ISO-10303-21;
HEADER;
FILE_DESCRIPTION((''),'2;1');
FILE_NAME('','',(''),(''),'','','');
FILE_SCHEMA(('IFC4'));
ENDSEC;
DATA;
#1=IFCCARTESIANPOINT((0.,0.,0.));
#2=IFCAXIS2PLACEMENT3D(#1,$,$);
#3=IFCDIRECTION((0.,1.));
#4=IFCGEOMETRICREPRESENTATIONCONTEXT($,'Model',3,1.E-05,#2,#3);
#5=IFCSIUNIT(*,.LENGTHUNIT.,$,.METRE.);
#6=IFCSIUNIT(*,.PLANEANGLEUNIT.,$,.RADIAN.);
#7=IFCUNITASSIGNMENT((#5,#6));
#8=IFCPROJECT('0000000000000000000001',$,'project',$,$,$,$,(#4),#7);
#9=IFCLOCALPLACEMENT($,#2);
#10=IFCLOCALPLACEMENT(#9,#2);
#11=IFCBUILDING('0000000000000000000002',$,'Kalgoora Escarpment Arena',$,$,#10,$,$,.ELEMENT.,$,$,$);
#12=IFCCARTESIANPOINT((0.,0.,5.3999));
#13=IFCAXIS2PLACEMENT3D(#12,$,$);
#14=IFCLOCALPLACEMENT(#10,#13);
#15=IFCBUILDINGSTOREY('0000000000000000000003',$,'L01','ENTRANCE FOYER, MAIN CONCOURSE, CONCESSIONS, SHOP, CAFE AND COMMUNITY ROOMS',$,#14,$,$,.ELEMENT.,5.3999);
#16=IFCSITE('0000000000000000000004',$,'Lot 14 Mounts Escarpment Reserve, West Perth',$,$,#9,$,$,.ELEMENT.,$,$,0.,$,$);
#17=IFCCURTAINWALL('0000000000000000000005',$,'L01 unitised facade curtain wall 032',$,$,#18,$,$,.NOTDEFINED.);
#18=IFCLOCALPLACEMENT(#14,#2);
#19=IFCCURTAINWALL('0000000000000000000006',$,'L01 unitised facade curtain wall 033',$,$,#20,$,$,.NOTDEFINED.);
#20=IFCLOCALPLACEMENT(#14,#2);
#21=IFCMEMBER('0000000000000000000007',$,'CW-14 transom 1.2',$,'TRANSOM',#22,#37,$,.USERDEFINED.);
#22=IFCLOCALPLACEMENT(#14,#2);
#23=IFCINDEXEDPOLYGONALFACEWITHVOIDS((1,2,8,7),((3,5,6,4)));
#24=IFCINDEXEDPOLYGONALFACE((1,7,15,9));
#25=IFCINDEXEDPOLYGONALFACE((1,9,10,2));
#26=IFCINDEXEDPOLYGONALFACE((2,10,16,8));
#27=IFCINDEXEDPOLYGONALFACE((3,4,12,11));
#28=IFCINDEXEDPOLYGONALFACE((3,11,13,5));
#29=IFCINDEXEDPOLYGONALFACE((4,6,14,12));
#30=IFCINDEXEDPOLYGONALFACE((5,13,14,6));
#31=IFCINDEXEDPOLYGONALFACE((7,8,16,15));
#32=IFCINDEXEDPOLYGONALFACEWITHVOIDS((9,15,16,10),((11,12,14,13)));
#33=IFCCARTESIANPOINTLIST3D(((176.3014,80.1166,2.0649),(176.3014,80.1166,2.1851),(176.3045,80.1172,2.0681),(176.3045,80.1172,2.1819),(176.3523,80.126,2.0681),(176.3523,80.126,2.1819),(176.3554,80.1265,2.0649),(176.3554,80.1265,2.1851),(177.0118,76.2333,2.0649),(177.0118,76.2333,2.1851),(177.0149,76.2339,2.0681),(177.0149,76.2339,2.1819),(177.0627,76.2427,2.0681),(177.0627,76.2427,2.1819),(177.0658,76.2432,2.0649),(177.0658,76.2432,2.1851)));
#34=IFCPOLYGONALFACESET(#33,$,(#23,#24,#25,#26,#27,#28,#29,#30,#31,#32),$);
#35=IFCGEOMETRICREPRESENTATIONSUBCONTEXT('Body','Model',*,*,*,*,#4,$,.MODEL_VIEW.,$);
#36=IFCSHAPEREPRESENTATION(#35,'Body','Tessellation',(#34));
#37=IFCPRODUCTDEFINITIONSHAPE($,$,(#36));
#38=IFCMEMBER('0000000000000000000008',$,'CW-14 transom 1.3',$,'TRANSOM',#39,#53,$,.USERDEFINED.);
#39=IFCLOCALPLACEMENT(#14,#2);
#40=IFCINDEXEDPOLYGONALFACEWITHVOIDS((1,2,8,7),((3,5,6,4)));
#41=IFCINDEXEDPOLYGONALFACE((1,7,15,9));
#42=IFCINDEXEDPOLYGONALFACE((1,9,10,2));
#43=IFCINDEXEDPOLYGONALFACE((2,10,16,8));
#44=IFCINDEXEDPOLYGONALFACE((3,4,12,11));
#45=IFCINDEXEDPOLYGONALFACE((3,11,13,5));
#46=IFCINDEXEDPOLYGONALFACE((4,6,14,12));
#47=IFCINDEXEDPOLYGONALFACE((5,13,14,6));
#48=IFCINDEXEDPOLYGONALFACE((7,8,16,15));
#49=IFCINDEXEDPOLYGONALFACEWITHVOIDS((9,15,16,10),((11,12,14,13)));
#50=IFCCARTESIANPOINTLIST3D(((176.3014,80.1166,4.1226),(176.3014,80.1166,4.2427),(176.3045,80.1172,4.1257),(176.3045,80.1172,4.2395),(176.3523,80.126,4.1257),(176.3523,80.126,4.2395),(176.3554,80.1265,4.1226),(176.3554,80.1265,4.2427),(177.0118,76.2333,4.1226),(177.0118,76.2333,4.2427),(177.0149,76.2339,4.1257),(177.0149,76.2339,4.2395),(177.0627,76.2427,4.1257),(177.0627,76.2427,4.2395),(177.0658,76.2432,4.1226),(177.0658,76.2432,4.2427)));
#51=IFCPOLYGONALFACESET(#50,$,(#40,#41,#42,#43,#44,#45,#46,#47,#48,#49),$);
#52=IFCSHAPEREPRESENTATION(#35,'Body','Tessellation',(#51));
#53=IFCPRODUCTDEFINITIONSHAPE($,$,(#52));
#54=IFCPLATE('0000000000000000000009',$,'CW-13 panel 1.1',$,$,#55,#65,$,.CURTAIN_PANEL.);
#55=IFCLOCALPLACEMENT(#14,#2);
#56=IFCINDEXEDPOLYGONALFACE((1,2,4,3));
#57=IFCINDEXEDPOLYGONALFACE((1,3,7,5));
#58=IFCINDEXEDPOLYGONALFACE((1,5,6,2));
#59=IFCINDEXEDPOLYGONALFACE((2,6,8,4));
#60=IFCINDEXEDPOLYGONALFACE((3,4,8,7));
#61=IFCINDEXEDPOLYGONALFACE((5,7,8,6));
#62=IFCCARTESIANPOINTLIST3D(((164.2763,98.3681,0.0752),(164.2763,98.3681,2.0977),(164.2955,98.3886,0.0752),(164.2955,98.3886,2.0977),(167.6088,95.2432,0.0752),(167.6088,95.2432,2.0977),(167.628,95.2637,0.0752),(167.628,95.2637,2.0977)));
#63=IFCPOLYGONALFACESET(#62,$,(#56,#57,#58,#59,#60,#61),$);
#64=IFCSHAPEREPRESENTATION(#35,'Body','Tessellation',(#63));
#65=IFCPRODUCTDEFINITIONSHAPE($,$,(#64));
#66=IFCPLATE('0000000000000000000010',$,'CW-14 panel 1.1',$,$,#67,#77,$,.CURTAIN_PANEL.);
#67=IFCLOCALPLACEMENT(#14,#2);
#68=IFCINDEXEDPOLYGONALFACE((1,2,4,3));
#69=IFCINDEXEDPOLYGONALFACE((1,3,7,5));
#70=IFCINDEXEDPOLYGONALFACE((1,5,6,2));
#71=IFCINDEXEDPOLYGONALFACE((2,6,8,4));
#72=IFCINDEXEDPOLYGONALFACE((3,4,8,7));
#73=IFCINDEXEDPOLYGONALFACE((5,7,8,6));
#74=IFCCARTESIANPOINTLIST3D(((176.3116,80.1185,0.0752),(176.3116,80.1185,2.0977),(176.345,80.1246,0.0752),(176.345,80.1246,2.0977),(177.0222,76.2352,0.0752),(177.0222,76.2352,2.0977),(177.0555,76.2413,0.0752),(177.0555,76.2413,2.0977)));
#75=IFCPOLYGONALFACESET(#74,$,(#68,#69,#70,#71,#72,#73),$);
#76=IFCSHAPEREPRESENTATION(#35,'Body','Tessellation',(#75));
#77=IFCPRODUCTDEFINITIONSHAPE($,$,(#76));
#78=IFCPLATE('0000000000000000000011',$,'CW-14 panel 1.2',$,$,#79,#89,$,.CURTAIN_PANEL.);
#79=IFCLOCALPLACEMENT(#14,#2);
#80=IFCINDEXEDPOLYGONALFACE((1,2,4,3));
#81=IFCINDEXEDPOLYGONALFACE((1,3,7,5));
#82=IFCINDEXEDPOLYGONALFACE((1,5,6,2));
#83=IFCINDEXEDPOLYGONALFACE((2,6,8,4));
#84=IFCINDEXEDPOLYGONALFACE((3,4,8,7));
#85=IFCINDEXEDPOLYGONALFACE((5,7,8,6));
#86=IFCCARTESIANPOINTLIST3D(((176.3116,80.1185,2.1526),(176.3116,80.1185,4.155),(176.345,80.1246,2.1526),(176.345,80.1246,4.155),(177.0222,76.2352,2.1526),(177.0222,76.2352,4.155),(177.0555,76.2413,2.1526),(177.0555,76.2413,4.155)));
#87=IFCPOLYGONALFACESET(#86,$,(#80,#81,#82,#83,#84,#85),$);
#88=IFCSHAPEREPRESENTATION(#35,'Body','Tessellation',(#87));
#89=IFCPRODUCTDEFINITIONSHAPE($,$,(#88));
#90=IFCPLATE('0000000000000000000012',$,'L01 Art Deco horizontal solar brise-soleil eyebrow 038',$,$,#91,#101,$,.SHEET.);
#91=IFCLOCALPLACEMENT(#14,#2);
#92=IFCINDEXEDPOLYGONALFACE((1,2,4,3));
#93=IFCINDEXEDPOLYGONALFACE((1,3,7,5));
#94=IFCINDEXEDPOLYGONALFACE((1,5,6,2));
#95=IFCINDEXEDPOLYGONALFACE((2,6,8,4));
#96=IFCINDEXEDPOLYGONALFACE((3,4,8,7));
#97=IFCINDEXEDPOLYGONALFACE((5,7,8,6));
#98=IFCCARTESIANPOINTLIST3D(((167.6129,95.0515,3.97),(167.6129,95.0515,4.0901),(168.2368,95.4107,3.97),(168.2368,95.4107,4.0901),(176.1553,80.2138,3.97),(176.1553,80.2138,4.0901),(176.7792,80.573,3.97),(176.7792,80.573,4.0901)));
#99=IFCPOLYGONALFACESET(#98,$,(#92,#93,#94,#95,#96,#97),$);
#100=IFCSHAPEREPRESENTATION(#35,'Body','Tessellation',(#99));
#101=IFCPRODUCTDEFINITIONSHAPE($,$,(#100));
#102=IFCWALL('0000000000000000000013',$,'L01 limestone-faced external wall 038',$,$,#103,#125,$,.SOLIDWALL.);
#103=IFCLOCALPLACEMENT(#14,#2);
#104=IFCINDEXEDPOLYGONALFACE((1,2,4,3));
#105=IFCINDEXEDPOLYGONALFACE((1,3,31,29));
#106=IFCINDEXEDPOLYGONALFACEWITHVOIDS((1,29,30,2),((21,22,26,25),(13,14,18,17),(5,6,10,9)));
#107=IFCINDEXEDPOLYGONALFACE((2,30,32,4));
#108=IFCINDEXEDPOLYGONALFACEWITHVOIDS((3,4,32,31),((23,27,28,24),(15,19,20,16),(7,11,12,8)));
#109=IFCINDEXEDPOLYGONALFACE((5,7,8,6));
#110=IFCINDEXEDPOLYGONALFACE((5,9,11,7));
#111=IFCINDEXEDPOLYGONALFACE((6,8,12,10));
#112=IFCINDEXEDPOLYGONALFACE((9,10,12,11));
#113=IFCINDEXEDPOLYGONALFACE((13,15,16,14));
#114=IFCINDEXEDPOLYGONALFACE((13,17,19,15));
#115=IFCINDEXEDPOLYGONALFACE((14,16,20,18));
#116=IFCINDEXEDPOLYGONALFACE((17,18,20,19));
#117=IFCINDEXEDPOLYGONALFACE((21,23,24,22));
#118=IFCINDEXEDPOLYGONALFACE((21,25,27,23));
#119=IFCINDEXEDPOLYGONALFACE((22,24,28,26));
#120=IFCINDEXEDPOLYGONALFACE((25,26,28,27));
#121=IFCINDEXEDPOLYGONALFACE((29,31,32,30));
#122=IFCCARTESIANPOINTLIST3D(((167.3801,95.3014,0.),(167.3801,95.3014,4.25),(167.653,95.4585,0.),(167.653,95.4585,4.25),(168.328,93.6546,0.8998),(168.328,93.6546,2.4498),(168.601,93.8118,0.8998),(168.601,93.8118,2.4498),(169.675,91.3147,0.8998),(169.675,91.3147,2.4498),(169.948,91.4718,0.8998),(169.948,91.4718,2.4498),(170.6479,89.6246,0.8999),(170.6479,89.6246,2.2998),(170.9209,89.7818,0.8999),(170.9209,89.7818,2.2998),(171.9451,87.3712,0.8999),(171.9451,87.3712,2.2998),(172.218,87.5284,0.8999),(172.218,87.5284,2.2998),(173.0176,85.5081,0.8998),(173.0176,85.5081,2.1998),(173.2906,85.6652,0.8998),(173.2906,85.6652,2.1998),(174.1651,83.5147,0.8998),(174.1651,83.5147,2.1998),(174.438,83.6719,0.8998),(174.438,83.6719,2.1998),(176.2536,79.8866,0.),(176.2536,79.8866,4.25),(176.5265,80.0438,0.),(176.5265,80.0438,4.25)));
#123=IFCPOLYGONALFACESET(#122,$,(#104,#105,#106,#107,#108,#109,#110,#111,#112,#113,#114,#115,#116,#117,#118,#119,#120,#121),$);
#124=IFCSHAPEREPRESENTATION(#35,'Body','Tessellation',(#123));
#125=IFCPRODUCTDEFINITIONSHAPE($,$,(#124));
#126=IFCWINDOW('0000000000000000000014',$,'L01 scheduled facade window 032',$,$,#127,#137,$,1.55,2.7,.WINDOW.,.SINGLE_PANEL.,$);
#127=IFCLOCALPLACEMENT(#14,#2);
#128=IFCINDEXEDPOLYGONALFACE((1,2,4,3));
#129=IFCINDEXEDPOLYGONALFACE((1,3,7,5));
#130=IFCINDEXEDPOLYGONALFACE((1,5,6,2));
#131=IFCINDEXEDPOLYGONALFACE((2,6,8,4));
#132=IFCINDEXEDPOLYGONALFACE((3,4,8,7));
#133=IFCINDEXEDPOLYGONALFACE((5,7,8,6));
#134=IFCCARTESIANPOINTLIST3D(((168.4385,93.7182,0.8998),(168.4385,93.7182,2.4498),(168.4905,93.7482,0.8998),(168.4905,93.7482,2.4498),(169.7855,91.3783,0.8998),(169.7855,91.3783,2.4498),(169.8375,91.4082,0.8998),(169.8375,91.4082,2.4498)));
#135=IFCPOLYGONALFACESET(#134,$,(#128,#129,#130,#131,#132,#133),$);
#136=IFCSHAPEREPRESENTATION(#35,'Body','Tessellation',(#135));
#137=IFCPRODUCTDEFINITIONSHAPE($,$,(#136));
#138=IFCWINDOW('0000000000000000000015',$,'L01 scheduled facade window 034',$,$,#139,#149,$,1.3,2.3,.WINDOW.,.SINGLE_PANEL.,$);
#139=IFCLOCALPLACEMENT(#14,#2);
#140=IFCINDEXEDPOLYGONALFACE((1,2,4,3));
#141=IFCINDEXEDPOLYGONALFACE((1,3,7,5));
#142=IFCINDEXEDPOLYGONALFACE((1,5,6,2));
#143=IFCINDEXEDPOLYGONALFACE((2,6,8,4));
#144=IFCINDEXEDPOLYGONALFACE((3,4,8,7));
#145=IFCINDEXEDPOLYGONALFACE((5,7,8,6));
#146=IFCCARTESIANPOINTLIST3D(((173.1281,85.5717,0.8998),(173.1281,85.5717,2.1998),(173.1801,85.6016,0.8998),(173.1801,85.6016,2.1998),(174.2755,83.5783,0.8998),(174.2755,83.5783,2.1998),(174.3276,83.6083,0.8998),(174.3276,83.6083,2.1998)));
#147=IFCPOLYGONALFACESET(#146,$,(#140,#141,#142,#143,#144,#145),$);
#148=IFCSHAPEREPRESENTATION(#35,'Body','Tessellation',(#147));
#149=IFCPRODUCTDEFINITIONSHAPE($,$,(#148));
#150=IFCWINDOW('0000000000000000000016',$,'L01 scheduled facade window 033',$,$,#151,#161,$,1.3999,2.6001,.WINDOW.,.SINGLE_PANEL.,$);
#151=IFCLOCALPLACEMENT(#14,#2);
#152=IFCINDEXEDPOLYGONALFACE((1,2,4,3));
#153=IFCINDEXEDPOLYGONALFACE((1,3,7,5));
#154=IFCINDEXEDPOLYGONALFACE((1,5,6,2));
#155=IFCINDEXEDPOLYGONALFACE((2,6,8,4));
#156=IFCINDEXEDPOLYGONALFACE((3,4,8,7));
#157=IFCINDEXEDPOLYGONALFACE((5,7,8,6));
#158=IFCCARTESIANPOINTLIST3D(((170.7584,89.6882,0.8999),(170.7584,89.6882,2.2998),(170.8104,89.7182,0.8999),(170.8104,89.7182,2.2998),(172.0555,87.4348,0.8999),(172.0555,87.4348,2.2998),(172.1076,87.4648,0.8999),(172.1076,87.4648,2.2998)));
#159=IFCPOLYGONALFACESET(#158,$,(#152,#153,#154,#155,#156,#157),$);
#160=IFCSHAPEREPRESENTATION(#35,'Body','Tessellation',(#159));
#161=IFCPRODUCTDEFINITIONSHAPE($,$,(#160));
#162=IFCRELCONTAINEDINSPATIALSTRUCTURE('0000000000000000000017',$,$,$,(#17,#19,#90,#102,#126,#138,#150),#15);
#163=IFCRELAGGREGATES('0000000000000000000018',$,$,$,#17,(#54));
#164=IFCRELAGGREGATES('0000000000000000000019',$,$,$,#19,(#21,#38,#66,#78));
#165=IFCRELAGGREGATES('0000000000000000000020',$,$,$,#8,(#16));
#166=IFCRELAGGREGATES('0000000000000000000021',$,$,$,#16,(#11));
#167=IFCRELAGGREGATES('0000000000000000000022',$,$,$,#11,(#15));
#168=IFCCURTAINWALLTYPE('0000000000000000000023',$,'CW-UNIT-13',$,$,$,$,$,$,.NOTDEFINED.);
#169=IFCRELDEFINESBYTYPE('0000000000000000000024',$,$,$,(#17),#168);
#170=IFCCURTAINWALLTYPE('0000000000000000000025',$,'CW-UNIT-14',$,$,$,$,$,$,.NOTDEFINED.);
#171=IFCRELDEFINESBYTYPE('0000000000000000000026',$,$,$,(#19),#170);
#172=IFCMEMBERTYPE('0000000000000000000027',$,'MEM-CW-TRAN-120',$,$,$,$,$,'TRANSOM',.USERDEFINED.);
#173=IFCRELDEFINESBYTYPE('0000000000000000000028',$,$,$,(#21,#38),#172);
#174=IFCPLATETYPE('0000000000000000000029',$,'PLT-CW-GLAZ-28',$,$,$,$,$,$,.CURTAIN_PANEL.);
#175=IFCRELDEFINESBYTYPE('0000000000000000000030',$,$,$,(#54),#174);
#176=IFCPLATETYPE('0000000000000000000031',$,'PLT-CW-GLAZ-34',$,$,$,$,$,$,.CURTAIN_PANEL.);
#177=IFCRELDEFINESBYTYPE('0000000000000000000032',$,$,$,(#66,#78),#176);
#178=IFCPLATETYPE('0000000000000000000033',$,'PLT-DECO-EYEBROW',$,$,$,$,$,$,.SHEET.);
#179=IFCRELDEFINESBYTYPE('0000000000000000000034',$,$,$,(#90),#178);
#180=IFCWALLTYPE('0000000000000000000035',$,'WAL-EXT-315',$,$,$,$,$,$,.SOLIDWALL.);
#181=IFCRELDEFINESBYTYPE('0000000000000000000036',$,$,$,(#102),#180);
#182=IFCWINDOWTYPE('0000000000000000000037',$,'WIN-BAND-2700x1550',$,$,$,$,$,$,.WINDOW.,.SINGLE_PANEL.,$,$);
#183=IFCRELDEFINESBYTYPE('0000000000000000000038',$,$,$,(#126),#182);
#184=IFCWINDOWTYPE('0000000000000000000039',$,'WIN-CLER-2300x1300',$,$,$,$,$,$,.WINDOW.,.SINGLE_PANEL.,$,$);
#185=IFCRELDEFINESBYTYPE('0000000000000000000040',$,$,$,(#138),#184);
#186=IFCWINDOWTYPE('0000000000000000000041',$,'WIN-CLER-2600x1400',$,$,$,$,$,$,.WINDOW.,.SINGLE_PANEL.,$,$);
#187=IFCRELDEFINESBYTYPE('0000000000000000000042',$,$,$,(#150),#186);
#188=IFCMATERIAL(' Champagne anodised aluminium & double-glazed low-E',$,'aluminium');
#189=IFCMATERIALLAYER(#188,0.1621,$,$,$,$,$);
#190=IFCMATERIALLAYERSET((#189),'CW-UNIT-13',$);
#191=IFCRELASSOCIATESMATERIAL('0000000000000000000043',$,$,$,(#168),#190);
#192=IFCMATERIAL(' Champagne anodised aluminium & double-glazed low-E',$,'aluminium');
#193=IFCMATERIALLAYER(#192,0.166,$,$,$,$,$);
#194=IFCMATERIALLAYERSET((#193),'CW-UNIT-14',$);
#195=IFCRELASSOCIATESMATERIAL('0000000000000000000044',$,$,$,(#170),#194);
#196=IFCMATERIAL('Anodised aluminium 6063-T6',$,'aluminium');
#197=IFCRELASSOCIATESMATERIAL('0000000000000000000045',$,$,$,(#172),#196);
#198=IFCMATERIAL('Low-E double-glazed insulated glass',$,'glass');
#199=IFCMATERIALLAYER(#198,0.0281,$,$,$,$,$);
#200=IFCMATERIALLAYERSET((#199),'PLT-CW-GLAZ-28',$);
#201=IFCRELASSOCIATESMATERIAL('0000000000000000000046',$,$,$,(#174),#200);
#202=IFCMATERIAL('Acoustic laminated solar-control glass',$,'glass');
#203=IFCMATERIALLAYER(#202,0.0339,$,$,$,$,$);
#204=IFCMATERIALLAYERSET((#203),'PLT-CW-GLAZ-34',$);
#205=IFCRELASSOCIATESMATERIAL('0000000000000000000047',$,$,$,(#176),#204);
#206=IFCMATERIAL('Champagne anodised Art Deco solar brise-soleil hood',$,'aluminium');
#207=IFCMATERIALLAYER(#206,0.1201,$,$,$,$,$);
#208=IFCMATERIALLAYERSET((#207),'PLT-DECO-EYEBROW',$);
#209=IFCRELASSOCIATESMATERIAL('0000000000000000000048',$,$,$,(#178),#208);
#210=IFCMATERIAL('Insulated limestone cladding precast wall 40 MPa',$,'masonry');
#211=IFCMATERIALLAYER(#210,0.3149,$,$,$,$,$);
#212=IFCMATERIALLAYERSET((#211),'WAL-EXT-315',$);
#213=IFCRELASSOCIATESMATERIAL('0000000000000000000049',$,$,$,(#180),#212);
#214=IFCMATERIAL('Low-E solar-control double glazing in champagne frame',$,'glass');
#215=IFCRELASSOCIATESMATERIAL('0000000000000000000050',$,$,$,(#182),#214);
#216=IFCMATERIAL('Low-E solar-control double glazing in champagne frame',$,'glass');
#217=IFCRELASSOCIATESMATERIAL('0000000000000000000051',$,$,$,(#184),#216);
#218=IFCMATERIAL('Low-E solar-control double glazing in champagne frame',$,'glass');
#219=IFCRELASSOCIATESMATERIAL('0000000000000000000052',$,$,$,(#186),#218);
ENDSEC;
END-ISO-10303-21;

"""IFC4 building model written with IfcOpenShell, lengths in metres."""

from ifc_helpers import new_model, si_unit, direction, frame, frame_2d, origin, origin_2d, place, context, subcontext, project, spatial, rectangle, hollow_rectangle, extrude, material, layer, layer_set, material_profile, profile_set, type_object, element, fill, aggregate, save


model = new_model("IFC4")

# Units and contexts
model_context = context("Model", 3, precision=1e-05, world=origin(), true_north=direction((0.0, 1.0)))
body_context = subcontext(model_context, "Body", "Model", "MODEL_VIEW")
ifc_project = project(units=[si_unit("LENGTHUNIT", "METRE"), si_unit("PLANEANGLEUNIT", "RADIAN")], contexts=[model_context])

# Site, building, storey
site_placement = place(None, origin())
site = spatial("IfcSite", under=ifc_project, at=site_placement, Name="Lot 14 Mounts Escarpment Reserve, West Perth", CompositionType="ELEMENT", RefElevation=0.0)
building_placement = place(site_placement, origin())
building = spatial("IfcBuilding", under=site, at=building_placement, Name="Kalgoora Escarpment Arena", CompositionType="ELEMENT")
storey_placement = place(building_placement, frame((0.0, 0.0, 5.3999)))
storey = spatial("IfcBuildingStorey", under=building, at=storey_placement, Name="L01", Description="ENTRANCE FOYER, MAIN CONCOURSE, CONCESSIONS, SHOP, CAFE AND COMMUNITY ROOMS", CompositionType="ELEMENT", Elevation=5.3999)

# Curtain wall
ifc_material_1 = material(Name=" Champagne anodised aluminium & double-glazed low-E", Category="aluminium")
ifc_layer_1 = layer(ifc_material_1, 0.1621)
ifc_layer_set_1 = layer_set([ifc_layer_1], Name="CW-UNIT-13")
curtain_wall_type_1 = type_object("IfcCurtainWallType", Name="CW-UNIT-13", PredefinedType="NOTDEFINED", material=ifc_layer_set_1)
curtain_wall_1_placement = place(storey_placement, origin())
curtain_wall_1 = element("IfcCurtainWall", 1, at=curtain_wall_1_placement, inside=storey, type_object=curtain_wall_type_1, Name="L01 unitised facade curtain wall 032", PredefinedType="NOTDEFINED")

# Curtain wall, members
ifc_material_2 = material(Name=" Champagne anodised aluminium & double-glazed low-E", Category="aluminium")
ifc_layer_2 = layer(ifc_material_2, 0.166)
ifc_layer_set_2 = layer_set([ifc_layer_2], Name="CW-UNIT-14")
curtain_wall_type_2 = type_object("IfcCurtainWallType", Name="CW-UNIT-14", PredefinedType="NOTDEFINED", material=ifc_layer_set_2)
curtain_wall_2_placement = place(storey_placement, origin())
curtain_wall_2 = element("IfcCurtainWall", 2, at=curtain_wall_2_placement, inside=storey, type_object=curtain_wall_type_2, Name="L01 unitised facade curtain wall 033", PredefinedType="NOTDEFINED")
ifc_material_3 = material(Name="Anodised aluminium 6063-T6", Category="aluminium")
ifc_material_profile_1 = material_profile(ifc_material_3, hollow_rectangle(XDim=0.0549, YDim=0.1201, WallThickness=0.0032, at=origin_2d()))
ifc_profile_set_1 = profile_set([ifc_material_profile_1], Name="Anodised aluminium 6063-T6")
member_type_1 = type_object("IfcMemberType", Name="MEM-CW-TRAN-120", ElementType="TRANSOM", PredefinedType="USERDEFINED", material=ifc_profile_set_1)
member_1_placement = place(storey_placement, frame((176.3284, 80.1216, 2.125), z_axis=(0.179963, -0.983673, 0.0), x_axis=(0.983673, 0.179963, 0.0)))
member_1 = element("IfcMember", 3, at=member_1_placement, type_object=member_type_1, Name="CW-14 transom 1.2", ObjectType="TRANSOM", PredefinedType="USERDEFINED", context=body_context, shape_type="SweptSolid", body=[
    extrude(hollow_rectangle(XDim=0.0549, YDim=0.1201, WallThickness=0.0032, at=origin_2d()), origin(), (0.0, 0.0, 1.0), 3.9478),
])
member_2_placement = place(storey_placement, frame((176.3284, 80.1216, 4.1826), z_axis=(0.179963, -0.983673, 0.0), x_axis=(0.983673, 0.179963, 0.0)))
member_2 = element("IfcMember", 4, at=member_2_placement, type_object=member_type_1, Name="CW-14 transom 1.3", ObjectType="TRANSOM", PredefinedType="USERDEFINED", context=body_context, shape_type="SweptSolid", body=[
    extrude(hollow_rectangle(XDim=0.0549, YDim=0.1201, WallThickness=0.0032, at=origin_2d()), origin(), (0.0, 0.0, 1.0), 3.9478),
])

# Plates
ifc_material_4 = material(Name="Low-E double-glazed insulated glass", Category="glass")
ifc_layer_3 = layer(ifc_material_4, 0.0281)
ifc_layer_set_3 = layer_set([ifc_layer_3], Name="PLT-CW-GLAZ-28")
plate_type_1 = type_object("IfcPlateType", Name="PLT-CW-GLAZ-28", PredefinedType="CURTAIN_PANEL", material=ifc_layer_set_3)
plate_1_placement = place(storey_placement, frame((165.9521, 96.8159, 0.0752), z_axis=(0.0, 0.0, 1.0), x_axis=(0.729457, -0.684026, 0.0)))
plate_1 = element("IfcPlate", 5, at=plate_1_placement, type_object=plate_type_1, Name="CW-13 panel 1.1", PredefinedType="CURTAIN_PANEL", context=body_context, shape_type="SweptSolid", body=[
    extrude(rectangle(XDim=4.5684, YDim=0.0281, at=origin_2d()), origin(), (0.0, 0.0, 1.0), 2.0225),
])
aggregate(curtain_wall_1, [plate_1])
ifc_material_5 = material(Name="Acoustic laminated solar-control glass", Category="glass")
ifc_layer_4 = layer(ifc_material_5, 0.0339)
ifc_layer_set_4 = layer_set([ifc_layer_4], Name="PLT-CW-GLAZ-34")
plate_type_2 = type_object("IfcPlateType", Name="PLT-CW-GLAZ-34", PredefinedType="CURTAIN_PANEL", material=ifc_layer_set_4)
plate_2_placement = place(storey_placement, frame((176.6836, 78.1799, 0.0752), z_axis=(0.0, 0.0, 1.0), x_axis=(0.179978, -0.983671, 0.0)))
plate_2 = element("IfcPlate", 6, at=plate_2_placement, type_object=plate_type_2, Name="CW-14 panel 1.1", PredefinedType="CURTAIN_PANEL", context=body_context, shape_type="SweptSolid", body=[
    extrude(rectangle(XDim=3.9478, YDim=0.0339, at=origin_2d()), origin(), (0.0, 0.0, 1.0), 2.0225),
])
plate_3_placement = place(storey_placement, frame((176.6836, 78.1799, 2.1526), z_axis=(0.0, 0.0, 1.0), x_axis=(0.179978, -0.983671, 0.0)))
plate_3 = element("IfcPlate", 7, at=plate_3_placement, type_object=plate_type_2, Name="CW-14 panel 1.2", PredefinedType="CURTAIN_PANEL", context=body_context, shape_type="SweptSolid", body=[
    extrude(rectangle(XDim=3.9478, YDim=0.0339, at=origin_2d()), origin(), (0.0, 0.0, 1.0), 2.0024),
])
aggregate(curtain_wall_2, [member_1, member_2, plate_2, plate_3])
ifc_material_6 = material(Name="Champagne anodised Art Deco solar brise-soleil hood", Category="aluminium")
ifc_layer_5 = layer(ifc_material_6, 0.1201)
ifc_layer_set_5 = layer_set([ifc_layer_5], Name="PLT-DECO-EYEBROW")
plate_type_3 = type_object("IfcPlateType", Name="PLT-DECO-EYEBROW", PredefinedType="SHEET", material=ifc_layer_set_5)
plate_4_placement = place(storey_placement, frame((172.196, 87.8123, 3.97), z_axis=(0.0, 0.0, 1.0), x_axis=(0.498942, -0.866636, 0.0)))
element("IfcPlate", 8, at=plate_4_placement, inside=storey, type_object=plate_type_3, Name="L01 Art Deco horizontal solar brise-soleil eyebrow 038", PredefinedType="SHEET", context=body_context, shape_type="SweptSolid", body=[
    extrude(rectangle(XDim=17.1211, YDim=0.72, at=origin_2d()), origin(), (0.0, 0.0, 1.0), 0.1201),
])

# Wall, openings, windows
ifc_material_7 = material(Name="Insulated limestone cladding precast wall 40 MPa", Category="masonry")
ifc_layer_6 = layer(ifc_material_7, 0.3149)
ifc_layer_set_6 = layer_set([ifc_layer_6], Name="WAL-EXT-315")
wall_type_1 = type_object("IfcWallType", Name="WAL-EXT-315", PredefinedType="SOLIDWALL", material=ifc_layer_set_6)
wall_1_placement = place(storey_placement, frame((167.5166, 95.3799, 0.0), z_axis=(0.0, 0.0, 1.0), x_axis=(0.498895, -0.866663, 0.0)))
wall_1 = element("IfcWall", 9, at=wall_1_placement, inside=storey, type_object=wall_type_1, Name="L01 limestone-faced external wall 038", PredefinedType="SOLIDWALL", context=body_context, shape_type="SweptSolid", body=[
    extrude(rectangle(XDim=17.7864, YDim=0.3149, at=frame_2d((8.8931, 0.0))), origin(), (0.0, 0.0, 1.0), 4.25),
])
opening_1_placement = place(wall_1_placement, frame((1.8999, 0.0, 0.8999)))
opening_1 = element("IfcOpeningElement", 10, at=opening_1_placement, cuts=wall_1, PredefinedType="OPENING", context=body_context, shape_type="SweptSolid", body=[
    extrude(rectangle(XDim=2.7, YDim=1.55, at=frame_2d((1.3501, 0.7749))), frame((0.0, 0.1675, 0.0), z_axis=(0.0, -1.0, 0.0), x_axis=(1.0, 0.0, 0.0)), (0.0, 0.0, 1.0), 0.335),
])
opening_2_placement = place(wall_1_placement, frame((6.55, 0.0, 0.8999)))
opening_2 = element("IfcOpeningElement", 11, at=opening_2_placement, cuts=wall_1, PredefinedType="OPENING", context=body_context, shape_type="SweptSolid", body=[
    extrude(rectangle(XDim=2.6001, YDim=1.3999, at=frame_2d((1.3, 0.7))), frame((0.0, 0.1675, 0.0), z_axis=(0.0, -1.0, 0.0), x_axis=(1.0, 0.0, 0.0)), (0.0, 0.0, 1.0), 0.335),
])
opening_3_placement = place(wall_1_placement, frame((11.3, 0.0, 0.8999)))
opening_3 = element("IfcOpeningElement", 12, at=opening_3_placement, cuts=wall_1, PredefinedType="OPENING", context=body_context, shape_type="SweptSolid", body=[
    extrude(rectangle(XDim=2.3, YDim=1.3, at=frame_2d((1.1499, 0.6499))), frame((0.0, 0.1675, 0.0), z_axis=(0.0, -1.0, 0.0), x_axis=(1.0, 0.0, 0.0)), (0.0, 0.0, 1.0), 0.335),
])
ifc_material_8 = material(Name="Low-E solar-control double glazing in champagne frame", Category="glass")
window_type_1 = type_object("IfcWindowType", Name="WIN-BAND-2700x1550", PartitioningType="SINGLE_PANEL", PredefinedType="WINDOW", material=ifc_material_8)
window_1_placement = place(opening_1_placement, origin())
window_1 = element("IfcWindow", 13, at=window_1_placement, inside=storey, type_object=window_type_1, Name="L01 scheduled facade window 032", OverallHeight=1.55, OverallWidth=2.7, PartitioningType="SINGLE_PANEL", PredefinedType="WINDOW", context=body_context, shape_type="SweptSolid", body=[
    extrude(rectangle(XDim=2.7, YDim=1.55, at=frame_2d((1.3501, 0.7749))), frame((0.0, 0.03, 0.0), z_axis=(0.0, -1.0, 0.0), x_axis=(1.0, 0.0, 0.0)), (0.0, 0.0, 1.0), 0.0601),
])
fill(opening_1, window_1)
ifc_material_9 = material(Name="Low-E solar-control double glazing in champagne frame", Category="glass")
window_type_2 = type_object("IfcWindowType", Name="WIN-CLER-2300x1300", PartitioningType="SINGLE_PANEL", PredefinedType="WINDOW", material=ifc_material_9)
window_2_placement = place(opening_3_placement, origin())
window_2 = element("IfcWindow", 14, at=window_2_placement, inside=storey, type_object=window_type_2, Name="L01 scheduled facade window 034", OverallHeight=1.3, OverallWidth=2.3, PartitioningType="SINGLE_PANEL", PredefinedType="WINDOW", context=body_context, shape_type="SweptSolid", body=[
    extrude(rectangle(XDim=2.3, YDim=1.3, at=frame_2d((1.1499, 0.6499))), frame((0.0, 0.03, 0.0), z_axis=(0.0, -1.0, 0.0), x_axis=(1.0, 0.0, 0.0)), (0.0, 0.0, 1.0), 0.0601),
])
fill(opening_3, window_2)
ifc_material_10 = material(Name="Low-E solar-control double glazing in champagne frame", Category="glass")
window_type_3 = type_object("IfcWindowType", Name="WIN-CLER-2600x1400", PartitioningType="SINGLE_PANEL", PredefinedType="WINDOW", material=ifc_material_10)
window_3_placement = place(opening_2_placement, origin())
window_3 = element("IfcWindow", 15, at=window_3_placement, inside=storey, type_object=window_type_3, Name="L01 scheduled facade window 033", OverallHeight=1.3999, OverallWidth=2.6001, PartitioningType="SINGLE_PANEL", PredefinedType="WINDOW", context=body_context, shape_type="SweptSolid", body=[
    extrude(rectangle(XDim=2.6001, YDim=1.3999, at=frame_2d((1.3, 0.7))), frame((0.0, 0.03, 0.0), z_axis=(0.0, -1.0, 0.0), x_axis=(1.0, 0.0, 0.0)), (0.0, 0.0, 1.0), 0.0601),
])
fill(opening_2, window_3)

save(model, "model.ifc")
